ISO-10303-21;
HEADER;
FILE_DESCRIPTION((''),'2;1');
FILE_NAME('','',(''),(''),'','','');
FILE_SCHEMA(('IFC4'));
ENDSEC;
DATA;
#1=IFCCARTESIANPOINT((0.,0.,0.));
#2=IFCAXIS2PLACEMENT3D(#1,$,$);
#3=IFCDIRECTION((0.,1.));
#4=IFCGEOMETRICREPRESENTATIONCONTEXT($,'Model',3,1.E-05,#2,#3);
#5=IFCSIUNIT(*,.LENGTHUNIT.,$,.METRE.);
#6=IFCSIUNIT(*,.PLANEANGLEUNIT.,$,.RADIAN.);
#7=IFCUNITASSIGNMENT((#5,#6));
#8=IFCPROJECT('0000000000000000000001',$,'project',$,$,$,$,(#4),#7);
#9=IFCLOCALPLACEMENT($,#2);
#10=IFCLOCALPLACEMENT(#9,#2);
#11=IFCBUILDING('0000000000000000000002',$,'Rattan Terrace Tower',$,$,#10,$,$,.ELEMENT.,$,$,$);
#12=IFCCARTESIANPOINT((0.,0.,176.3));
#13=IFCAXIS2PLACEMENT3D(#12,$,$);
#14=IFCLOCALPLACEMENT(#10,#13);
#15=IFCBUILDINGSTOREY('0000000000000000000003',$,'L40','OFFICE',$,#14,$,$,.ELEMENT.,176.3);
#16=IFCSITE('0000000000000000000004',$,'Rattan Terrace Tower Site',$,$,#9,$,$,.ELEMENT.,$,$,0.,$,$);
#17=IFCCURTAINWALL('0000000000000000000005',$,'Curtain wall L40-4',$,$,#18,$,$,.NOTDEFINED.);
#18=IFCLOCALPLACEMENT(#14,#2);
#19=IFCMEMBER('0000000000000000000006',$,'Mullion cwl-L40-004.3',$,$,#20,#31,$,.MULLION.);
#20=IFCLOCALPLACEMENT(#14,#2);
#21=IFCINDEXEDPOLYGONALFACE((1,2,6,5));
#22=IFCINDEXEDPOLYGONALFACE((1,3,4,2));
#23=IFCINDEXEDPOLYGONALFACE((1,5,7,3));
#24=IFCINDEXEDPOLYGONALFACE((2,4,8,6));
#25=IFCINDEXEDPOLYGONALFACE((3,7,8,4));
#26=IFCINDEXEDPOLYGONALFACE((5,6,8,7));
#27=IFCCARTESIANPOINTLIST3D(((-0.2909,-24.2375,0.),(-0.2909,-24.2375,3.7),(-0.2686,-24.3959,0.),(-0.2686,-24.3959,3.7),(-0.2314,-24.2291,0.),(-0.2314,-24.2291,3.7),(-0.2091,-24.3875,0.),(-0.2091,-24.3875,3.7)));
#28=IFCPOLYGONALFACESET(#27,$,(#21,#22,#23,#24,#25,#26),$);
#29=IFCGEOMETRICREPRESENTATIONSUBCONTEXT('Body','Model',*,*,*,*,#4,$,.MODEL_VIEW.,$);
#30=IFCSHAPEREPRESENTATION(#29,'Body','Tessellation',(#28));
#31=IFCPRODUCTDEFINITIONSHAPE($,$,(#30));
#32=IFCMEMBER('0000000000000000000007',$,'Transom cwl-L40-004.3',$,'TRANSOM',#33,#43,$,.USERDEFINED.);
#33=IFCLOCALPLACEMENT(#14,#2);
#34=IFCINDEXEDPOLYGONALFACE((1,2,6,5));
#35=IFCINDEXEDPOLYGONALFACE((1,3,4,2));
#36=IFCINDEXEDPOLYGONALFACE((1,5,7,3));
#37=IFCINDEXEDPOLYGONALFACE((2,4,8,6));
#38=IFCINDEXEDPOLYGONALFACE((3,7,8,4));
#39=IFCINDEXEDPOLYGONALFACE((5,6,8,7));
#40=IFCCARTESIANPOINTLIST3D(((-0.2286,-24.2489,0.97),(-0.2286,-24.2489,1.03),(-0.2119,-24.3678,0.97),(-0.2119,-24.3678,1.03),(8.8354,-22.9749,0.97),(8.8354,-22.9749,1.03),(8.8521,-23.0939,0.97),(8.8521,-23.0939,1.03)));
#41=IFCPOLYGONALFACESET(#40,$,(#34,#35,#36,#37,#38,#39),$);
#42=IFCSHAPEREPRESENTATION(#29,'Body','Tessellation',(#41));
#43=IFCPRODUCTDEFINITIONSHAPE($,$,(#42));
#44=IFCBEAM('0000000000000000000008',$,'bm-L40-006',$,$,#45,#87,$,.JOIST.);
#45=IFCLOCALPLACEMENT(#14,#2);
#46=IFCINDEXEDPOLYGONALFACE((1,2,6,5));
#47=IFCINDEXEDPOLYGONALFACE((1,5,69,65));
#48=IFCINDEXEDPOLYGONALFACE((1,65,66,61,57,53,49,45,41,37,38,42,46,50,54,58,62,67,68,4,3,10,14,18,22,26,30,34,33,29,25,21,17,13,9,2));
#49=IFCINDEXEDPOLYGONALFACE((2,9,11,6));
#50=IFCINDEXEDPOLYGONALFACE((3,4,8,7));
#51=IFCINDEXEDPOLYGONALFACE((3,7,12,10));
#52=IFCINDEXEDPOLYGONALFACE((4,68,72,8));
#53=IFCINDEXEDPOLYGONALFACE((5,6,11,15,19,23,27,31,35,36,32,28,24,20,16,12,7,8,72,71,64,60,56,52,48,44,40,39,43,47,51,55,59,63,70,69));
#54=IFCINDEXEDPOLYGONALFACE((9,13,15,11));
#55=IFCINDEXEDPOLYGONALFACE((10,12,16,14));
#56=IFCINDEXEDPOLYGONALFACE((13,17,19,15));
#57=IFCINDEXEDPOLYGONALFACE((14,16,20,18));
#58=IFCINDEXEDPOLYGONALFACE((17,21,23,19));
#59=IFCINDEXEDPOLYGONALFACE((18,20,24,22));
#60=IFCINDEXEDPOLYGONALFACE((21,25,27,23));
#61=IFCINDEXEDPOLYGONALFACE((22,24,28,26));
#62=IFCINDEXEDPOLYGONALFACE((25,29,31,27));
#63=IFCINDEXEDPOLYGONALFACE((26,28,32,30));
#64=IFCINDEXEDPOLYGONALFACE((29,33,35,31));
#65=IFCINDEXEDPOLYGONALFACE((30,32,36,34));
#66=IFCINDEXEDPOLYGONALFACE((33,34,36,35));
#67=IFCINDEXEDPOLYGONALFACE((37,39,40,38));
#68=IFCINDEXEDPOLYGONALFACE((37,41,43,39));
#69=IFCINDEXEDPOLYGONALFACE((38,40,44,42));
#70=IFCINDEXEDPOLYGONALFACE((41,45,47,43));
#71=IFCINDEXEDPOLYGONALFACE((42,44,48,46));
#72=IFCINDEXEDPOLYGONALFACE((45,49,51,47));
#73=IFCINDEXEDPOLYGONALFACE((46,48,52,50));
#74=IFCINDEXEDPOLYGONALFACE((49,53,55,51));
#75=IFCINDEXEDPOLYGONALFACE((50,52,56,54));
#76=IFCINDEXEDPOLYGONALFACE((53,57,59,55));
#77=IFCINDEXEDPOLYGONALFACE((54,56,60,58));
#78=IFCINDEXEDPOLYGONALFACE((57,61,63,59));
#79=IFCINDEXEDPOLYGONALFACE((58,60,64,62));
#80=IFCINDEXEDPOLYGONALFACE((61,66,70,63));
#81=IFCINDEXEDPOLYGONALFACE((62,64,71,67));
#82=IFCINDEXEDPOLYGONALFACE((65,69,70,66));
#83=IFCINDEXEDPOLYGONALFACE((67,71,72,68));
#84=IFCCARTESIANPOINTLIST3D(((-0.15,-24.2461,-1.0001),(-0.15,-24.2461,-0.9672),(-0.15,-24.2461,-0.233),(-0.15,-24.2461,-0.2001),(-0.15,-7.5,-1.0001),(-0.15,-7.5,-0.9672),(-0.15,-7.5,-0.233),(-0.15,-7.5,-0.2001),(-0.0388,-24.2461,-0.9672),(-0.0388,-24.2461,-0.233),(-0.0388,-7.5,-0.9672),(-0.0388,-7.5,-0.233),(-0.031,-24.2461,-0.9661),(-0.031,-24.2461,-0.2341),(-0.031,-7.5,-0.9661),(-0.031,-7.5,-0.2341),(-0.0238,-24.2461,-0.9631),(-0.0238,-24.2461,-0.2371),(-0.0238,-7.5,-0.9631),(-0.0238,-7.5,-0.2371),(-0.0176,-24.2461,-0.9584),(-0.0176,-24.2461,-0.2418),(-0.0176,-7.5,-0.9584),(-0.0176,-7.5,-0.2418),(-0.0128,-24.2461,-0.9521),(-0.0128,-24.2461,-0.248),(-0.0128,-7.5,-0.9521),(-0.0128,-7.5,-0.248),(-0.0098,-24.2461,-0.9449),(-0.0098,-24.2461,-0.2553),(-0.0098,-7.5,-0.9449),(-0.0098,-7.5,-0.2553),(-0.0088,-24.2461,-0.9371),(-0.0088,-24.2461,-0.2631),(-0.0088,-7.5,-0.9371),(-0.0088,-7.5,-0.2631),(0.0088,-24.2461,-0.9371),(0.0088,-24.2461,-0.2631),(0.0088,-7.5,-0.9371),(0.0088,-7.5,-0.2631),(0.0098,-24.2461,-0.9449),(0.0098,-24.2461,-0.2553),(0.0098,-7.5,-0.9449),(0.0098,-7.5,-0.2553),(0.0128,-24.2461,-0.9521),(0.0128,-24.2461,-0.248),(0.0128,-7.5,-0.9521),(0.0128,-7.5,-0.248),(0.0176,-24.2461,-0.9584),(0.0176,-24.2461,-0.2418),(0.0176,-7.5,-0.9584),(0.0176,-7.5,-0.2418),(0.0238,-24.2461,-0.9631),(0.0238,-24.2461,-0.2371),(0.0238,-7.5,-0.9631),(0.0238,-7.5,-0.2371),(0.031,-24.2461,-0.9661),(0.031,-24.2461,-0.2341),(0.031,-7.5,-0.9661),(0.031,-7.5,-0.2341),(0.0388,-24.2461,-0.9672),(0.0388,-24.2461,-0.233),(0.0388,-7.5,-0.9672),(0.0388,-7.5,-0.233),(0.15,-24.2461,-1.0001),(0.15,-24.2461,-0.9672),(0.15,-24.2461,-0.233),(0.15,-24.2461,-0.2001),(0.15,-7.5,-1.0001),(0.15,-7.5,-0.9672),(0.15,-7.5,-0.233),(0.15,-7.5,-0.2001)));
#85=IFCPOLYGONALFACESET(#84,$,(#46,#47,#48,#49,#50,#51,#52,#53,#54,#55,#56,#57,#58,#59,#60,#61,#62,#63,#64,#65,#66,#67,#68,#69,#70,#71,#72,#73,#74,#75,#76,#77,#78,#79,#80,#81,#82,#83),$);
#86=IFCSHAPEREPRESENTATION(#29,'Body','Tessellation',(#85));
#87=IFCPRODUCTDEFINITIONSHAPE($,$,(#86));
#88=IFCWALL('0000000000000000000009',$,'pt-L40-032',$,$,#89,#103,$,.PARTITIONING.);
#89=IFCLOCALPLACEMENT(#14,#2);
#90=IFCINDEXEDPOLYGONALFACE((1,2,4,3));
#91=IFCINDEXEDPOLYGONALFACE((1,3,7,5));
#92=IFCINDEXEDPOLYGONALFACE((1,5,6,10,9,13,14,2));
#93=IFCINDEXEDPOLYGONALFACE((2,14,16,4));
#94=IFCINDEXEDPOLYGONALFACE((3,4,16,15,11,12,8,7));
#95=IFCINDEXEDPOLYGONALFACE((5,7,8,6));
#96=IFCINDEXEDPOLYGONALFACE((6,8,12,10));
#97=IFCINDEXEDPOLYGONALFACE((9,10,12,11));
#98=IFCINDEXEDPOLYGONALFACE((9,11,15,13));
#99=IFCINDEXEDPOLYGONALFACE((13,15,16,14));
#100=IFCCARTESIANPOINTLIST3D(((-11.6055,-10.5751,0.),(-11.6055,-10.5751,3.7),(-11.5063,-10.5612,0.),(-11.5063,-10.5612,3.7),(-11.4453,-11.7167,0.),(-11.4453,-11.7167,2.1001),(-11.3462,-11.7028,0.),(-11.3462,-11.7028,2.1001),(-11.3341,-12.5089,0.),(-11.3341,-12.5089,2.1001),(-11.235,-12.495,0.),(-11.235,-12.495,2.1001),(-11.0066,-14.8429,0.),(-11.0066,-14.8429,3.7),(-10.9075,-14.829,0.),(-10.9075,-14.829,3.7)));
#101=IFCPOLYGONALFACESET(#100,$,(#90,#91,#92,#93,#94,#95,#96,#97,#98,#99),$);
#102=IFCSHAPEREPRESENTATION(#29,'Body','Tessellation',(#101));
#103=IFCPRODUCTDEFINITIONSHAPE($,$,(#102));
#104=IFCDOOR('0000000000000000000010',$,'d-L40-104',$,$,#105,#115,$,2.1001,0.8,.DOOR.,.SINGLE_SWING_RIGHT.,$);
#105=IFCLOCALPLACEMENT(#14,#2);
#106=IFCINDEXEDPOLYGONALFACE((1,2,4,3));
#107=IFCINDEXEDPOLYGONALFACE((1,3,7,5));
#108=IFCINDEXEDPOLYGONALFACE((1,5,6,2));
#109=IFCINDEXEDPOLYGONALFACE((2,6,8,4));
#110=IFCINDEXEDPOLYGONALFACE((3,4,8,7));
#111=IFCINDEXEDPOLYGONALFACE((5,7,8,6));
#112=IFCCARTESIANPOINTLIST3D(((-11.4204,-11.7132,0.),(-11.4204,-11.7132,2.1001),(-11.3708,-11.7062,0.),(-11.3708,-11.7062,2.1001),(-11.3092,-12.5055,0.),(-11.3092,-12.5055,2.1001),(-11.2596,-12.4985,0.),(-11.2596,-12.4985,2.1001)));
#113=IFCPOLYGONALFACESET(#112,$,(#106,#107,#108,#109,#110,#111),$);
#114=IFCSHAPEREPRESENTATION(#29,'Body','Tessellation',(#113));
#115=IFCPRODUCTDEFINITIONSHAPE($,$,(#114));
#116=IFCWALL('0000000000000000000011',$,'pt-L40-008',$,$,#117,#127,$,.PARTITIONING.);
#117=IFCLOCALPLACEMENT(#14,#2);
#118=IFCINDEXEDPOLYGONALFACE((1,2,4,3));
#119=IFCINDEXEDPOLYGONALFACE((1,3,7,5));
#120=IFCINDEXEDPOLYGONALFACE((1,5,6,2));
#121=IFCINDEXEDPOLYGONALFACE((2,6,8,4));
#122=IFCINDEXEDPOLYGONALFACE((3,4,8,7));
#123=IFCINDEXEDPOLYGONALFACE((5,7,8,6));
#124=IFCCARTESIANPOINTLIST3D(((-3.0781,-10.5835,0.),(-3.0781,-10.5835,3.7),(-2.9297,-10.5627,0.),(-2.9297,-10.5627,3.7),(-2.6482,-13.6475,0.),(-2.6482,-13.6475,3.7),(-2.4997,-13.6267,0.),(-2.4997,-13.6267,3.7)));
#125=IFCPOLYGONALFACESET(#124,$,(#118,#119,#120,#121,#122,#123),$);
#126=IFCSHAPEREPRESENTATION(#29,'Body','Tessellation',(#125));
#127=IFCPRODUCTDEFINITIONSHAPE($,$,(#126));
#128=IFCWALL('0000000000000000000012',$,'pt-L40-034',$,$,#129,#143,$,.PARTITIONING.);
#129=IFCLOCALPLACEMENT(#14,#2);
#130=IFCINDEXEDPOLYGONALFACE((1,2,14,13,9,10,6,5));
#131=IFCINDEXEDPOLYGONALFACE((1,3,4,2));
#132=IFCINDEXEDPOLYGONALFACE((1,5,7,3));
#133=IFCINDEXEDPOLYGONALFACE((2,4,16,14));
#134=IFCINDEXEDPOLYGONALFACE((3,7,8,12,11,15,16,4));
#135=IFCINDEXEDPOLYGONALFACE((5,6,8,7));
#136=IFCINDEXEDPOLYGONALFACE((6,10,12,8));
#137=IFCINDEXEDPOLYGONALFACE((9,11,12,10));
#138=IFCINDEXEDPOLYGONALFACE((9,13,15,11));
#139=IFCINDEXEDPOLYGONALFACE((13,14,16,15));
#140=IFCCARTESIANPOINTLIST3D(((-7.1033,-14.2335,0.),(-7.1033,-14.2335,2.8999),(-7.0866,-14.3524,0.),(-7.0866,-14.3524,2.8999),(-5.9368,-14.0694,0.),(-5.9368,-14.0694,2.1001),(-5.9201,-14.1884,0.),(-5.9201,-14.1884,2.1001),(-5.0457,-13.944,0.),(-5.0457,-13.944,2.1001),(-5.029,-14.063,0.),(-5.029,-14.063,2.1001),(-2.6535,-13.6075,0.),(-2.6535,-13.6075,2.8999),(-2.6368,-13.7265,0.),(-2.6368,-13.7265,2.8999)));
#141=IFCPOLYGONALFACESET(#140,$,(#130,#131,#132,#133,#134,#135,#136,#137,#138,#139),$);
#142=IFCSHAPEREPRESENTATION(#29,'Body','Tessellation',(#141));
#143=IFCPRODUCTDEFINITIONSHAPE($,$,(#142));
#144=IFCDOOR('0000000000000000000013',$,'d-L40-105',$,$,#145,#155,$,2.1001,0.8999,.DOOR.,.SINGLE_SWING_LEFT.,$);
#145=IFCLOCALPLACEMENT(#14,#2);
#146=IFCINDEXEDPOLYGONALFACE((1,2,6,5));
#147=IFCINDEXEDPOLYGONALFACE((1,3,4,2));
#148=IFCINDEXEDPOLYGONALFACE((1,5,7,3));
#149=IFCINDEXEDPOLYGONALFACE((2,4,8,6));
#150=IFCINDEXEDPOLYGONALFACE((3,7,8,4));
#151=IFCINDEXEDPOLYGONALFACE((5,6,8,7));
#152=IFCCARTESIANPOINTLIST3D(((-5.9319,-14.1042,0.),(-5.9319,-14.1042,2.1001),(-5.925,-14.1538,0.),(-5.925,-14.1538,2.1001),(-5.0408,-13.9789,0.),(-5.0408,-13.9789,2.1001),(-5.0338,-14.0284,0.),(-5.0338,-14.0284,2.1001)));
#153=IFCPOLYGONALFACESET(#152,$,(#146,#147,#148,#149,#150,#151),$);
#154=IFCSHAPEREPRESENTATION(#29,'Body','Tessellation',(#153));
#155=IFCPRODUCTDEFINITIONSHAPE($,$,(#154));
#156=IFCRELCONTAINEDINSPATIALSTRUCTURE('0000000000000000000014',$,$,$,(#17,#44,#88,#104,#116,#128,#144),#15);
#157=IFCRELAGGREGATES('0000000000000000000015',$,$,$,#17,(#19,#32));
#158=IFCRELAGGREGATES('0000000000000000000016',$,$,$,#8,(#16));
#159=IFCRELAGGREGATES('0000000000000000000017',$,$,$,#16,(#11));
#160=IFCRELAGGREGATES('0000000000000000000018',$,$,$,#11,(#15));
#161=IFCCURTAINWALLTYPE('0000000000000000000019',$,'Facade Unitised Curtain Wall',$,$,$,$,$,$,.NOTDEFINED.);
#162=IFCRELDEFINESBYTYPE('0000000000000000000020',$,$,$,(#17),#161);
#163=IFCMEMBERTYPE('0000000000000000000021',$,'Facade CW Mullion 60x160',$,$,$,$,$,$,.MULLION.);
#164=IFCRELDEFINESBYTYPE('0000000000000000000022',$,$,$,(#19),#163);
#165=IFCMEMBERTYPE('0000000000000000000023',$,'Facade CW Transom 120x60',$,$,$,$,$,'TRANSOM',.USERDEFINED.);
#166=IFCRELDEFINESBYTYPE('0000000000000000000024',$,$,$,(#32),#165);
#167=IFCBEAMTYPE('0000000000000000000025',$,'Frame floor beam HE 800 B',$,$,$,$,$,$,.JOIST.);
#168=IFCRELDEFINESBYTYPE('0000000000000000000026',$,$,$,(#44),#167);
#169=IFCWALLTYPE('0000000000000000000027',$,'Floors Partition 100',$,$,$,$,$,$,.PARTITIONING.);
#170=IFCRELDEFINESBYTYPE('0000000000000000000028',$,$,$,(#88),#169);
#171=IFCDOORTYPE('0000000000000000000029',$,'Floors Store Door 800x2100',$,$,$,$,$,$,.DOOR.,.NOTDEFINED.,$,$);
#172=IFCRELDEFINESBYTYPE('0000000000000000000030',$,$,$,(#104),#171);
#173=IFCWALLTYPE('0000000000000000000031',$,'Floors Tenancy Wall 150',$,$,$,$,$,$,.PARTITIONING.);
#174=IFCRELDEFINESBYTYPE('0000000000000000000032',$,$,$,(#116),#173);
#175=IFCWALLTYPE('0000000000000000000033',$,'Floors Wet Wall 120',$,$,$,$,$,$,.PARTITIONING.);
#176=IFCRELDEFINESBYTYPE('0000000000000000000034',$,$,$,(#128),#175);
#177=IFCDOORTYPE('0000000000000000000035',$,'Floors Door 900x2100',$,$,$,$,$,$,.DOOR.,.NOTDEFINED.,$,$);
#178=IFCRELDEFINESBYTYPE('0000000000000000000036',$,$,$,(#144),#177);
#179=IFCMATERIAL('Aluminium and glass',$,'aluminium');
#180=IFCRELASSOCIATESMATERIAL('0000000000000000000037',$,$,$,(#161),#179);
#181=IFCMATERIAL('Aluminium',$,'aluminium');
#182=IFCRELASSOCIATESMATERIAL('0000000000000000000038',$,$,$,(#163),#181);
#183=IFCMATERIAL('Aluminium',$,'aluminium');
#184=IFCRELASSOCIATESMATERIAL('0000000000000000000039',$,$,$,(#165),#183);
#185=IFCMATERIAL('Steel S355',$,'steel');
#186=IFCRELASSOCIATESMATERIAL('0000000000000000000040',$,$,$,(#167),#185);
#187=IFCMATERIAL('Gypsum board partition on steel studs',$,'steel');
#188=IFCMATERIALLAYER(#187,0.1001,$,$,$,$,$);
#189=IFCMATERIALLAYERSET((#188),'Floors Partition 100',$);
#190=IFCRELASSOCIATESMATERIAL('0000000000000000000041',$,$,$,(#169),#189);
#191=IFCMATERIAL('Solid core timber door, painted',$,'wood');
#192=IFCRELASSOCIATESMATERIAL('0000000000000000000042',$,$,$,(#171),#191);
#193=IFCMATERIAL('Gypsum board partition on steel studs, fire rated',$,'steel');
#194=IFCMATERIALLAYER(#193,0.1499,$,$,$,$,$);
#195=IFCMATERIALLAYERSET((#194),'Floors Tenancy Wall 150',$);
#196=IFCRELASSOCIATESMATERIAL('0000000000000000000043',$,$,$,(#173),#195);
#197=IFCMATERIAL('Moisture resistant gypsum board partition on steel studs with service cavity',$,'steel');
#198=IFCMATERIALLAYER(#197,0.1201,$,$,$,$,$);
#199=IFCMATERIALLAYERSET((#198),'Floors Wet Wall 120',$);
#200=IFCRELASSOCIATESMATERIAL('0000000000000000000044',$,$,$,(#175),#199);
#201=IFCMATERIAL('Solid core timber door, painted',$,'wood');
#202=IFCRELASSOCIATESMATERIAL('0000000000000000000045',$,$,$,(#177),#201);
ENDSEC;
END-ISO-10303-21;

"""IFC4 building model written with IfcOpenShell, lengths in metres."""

from ifc_helpers import new_model, si_unit, direction, frame, frame_2d, origin, origin_2d, place, context, subcontext, project, spatial, rectangle, i_section, extrude, material, layer, layer_set, material_profile, profile_set, type_object, element, fill, aggregate, save


model = new_model("IFC4")

# Units and contexts
model_context = context("Model", 3, precision=1e-05, world=origin(), true_north=direction((0.0, 1.0)))
body_context = subcontext(model_context, "Body", "Model", "MODEL_VIEW")
ifc_project = project(units=[si_unit("LENGTHUNIT", "METRE"), si_unit("PLANEANGLEUNIT", "RADIAN")], contexts=[model_context])

# Site, building, storey
site_placement = place(None, origin())
site = spatial("IfcSite", under=ifc_project, at=site_placement, Name="Rattan Terrace Tower Site", CompositionType="ELEMENT", RefElevation=0.0)
building_placement = place(site_placement, origin())
building = spatial("IfcBuilding", under=site, at=building_placement, Name="Rattan Terrace Tower", CompositionType="ELEMENT")
storey_placement = place(building_placement, frame((0.0, 0.0, 176.3)))
storey = spatial("IfcBuildingStorey", under=building, at=storey_placement, Name="L40", Description="OFFICE", CompositionType="ELEMENT", Elevation=176.3)

# Curtain wall, members
ifc_material_1 = material(Name="Aluminium and glass", Category="aluminium")
curtain_wall_type = type_object("IfcCurtainWallType", Name="Facade Unitised Curtain Wall", PredefinedType="NOTDEFINED", material=ifc_material_1)
curtain_wall_placement = place(storey_placement, origin())
curtain_wall = element("IfcCurtainWall", 1, at=curtain_wall_placement, inside=storey, type_object=curtain_wall_type, Name="Curtain wall L40-4", PredefinedType="NOTDEFINED")
ifc_material_2 = material(Name="Aluminium", Category="aluminium")
ifc_material_profile_1 = material_profile(ifc_material_2, rectangle(XDim=0.0601, YDim=0.1599, at=origin_2d()), Name="Aluminium 60x160")
ifc_profile_set_1 = profile_set([ifc_material_profile_1], Name="Aluminium")
member_type_1 = type_object("IfcMemberType", Name="Facade CW Mullion 60x160", PredefinedType="MULLION", material=ifc_profile_set_1)
member_1_placement = place(storey_placement, frame((-0.25, -24.3125, 0.0), z_axis=(0.0, 0.0, 1.0), x_axis=(0.99027, 0.139161, 0.0)))
member_1 = element("IfcMember", 2, at=member_1_placement, type_object=member_type_1, Name="Mullion cwl-L40-004.3", PredefinedType="MULLION", context=body_context, shape_type="SweptSolid", body=[
    extrude(rectangle(XDim=0.0601, YDim=0.1599, at=origin_2d()), origin(), (0.0, 0.0, 1.0), 3.7),
])
ifc_material_3 = material(Name="Aluminium", Category="aluminium")
ifc_material_profile_2 = material_profile(ifc_material_3, rectangle(XDim=0.1201, YDim=0.0601, at=origin_2d()), Name="Aluminium 120x60")
ifc_profile_set_2 = profile_set([ifc_material_profile_2], Name="Aluminium")
member_type_2 = type_object("IfcMemberType", Name="Facade CW Transom 120x60", ElementType="TRANSOM", PredefinedType="USERDEFINED", material=ifc_profile_set_2)
member_2_placement = place(storey_placement, frame((-0.2202, -24.3083, 1.0), z_axis=(0.990267, 0.13918, 0.0), x_axis=(-0.13918, 0.990267, 0.0)))
member_2 = element("IfcMember", 3, at=member_2_placement, type_object=member_type_2, Name="Transom cwl-L40-004.3", ObjectType="TRANSOM", PredefinedType="USERDEFINED", context=body_context, shape_type="SweptSolid", body=[
    extrude(rectangle(XDim=0.1201, YDim=0.0601, at=origin_2d()), origin(), (0.0, 0.0, 1.0), 9.1531),
])
aggregate(curtain_wall, [member_1, member_2])

# Beam
ifc_material_4 = material(Name="Steel S355", Category="steel")
ifc_material_profile_3 = material_profile(ifc_material_4, i_section(OverallWidth=0.3, OverallDepth=0.8, WebThickness=0.0176, FlangeThickness=0.033, FilletRadius=0.03, at=origin_2d()), Name="HE 800 B")
ifc_profile_set_3 = profile_set([ifc_material_profile_3], Name="Steel S355")
beam_type = type_object("IfcBeamType", Name="Frame floor beam HE 800 B", PredefinedType="JOIST", material=ifc_profile_set_3)
beam_placement = place(storey_placement, frame((0.0, -24.2461, -0.6001), z_axis=(0.0, 1.0, 0.0), x_axis=(-1.0, 0.0, 0.0)))
element("IfcBeam", 4, at=beam_placement, inside=storey, type_object=beam_type, Name="bm-L40-006", PredefinedType="JOIST", context=body_context, shape_type="SweptSolid", body=[
    extrude(i_section(OverallWidth=0.3, OverallDepth=0.8, WebThickness=0.0176, FlangeThickness=0.033, FilletRadius=0.03, at=origin_2d()), origin(), (0.0, 0.0, 1.0), 16.7461),
])

# Wall, opening, door
ifc_material_5 = material(Name="Gypsum board partition on steel studs", Category="steel")
ifc_layer_1 = layer(ifc_material_5, 0.1001)
ifc_layer_set_1 = layer_set([ifc_layer_1], Name="Floors Partition 100")
wall_type_1 = type_object("IfcWallType", Name="Floors Partition 100", PredefinedType="PARTITIONING", material=ifc_layer_set_1)
wall_1_placement = place(storey_placement, frame((-10.957, -14.8359, 0.0), z_axis=(0.0, 0.0, 1.0), x_axis=(-0.138962, 0.990298, 0.0)))
wall_1 = element("IfcWall", 5, at=wall_1_placement, inside=storey, type_object=wall_type_1, Name="pt-L40-032", PredefinedType="PARTITIONING", context=body_context, shape_type="SweptSolid", body=[
    extrude(rectangle(XDim=4.3096, YDim=0.1001, at=frame_2d((2.1548, 0.0))), origin(), (0.0, 0.0, 1.0), 3.7),
])
opening_1_placement = place(wall_1_placement, frame((2.3569, 0.0, 0.0)))
opening_1 = element("IfcOpeningElement", 6, at=opening_1_placement, cuts=wall_1, PredefinedType="OPENING", context=body_context, shape_type="SweptSolid", body=[
    extrude(rectangle(XDim=0.8, YDim=2.1001, at=frame_2d((0.3999, 1.05))), frame((0.0, 0.0605, 0.0), z_axis=(0.0, -1.0, 0.0), x_axis=(1.0, 0.0, 0.0)), (0.0, 0.0, 1.0), 0.1211),
])
ifc_material_6 = material(Name="Solid core timber door, painted", Category="wood")
door_type_1 = type_object("IfcDoorType", Name="Floors Store Door 800x2100", OperationType="NOTDEFINED", PredefinedType="DOOR", material=ifc_material_6)
door_1_placement = place(opening_1_placement, origin())
door_1 = element("IfcDoor", 7, at=door_1_placement, inside=storey, type_object=door_type_1, Name="d-L40-104", OperationType="SINGLE_SWING_RIGHT", OverallHeight=2.1001, OverallWidth=0.8, PredefinedType="DOOR", context=body_context, shape_type="SweptSolid", body=[
    extrude(rectangle(XDim=0.8, YDim=2.1001, at=frame_2d((0.3999, 1.05))), frame((0.0, 0.0249, 0.0), z_axis=(0.0, -1.0, 0.0), x_axis=(1.0, 0.0, 0.0)), (0.0, 0.0, 1.0), 0.05),
])
fill(opening_1, door_1)

# Wall
ifc_material_7 = material(Name="Gypsum board partition on steel studs, fire rated", Category="steel")
ifc_layer_2 = layer(ifc_material_7, 0.1499)
ifc_layer_set_2 = layer_set([ifc_layer_2], Name="Floors Tenancy Wall 150")
wall_type_2 = type_object("IfcWallType", Name="Floors Tenancy Wall 150", PredefinedType="PARTITIONING", material=ifc_layer_set_2)
wall_2_placement = place(storey_placement, frame((-2.574, -13.637, 0.0), z_axis=(0.0, 0.0, 1.0), x_axis=(-0.138957, 0.990298, 0.0)))
element("IfcWall", 8, at=wall_2_placement, inside=storey, type_object=wall_type_2, Name="pt-L40-008", PredefinedType="PARTITIONING", context=body_context, shape_type="SweptSolid", body=[
    extrude(rectangle(XDim=3.094, YDim=0.1499, at=frame_2d((1.5469, 0.0))), origin(), (0.0, 0.0, 1.0), 3.7),
])

# Wall, opening, door
ifc_material_8 = material(Name="Moisture resistant gypsum board partition on steel studs with service cavity", Category="steel")
ifc_layer_3 = layer(ifc_material_8, 0.1201)
ifc_layer_set_3 = layer_set([ifc_layer_3], Name="Floors Wet Wall 120")
wall_type_3 = type_object("IfcWallType", Name="Floors Wet Wall 120", PredefinedType="PARTITIONING", material=ifc_layer_set_3)
wall_3_placement = place(storey_placement, frame((-7.095, -14.293, 0.0), z_axis=(0.0, 0.0, 1.0), x_axis=(0.99025, 0.139299, 0.0)))
wall_3 = element("IfcWall", 9, at=wall_3_placement, inside=storey, type_object=wall_type_3, Name="pt-L40-034", PredefinedType="PARTITIONING", context=body_context, shape_type="SweptSolid", body=[
    extrude(rectangle(XDim=4.4937, YDim=0.1201, at=frame_2d((2.2468, 0.0))), origin(), (0.0, 0.0, 1.0), 2.8999),
])
opening_2_placement = place(wall_3_placement, frame((1.178, 0.0, 0.0)))
opening_2 = element("IfcOpeningElement", 10, at=opening_2_placement, cuts=wall_3, PredefinedType="OPENING", context=body_context, shape_type="SweptSolid", body=[
    extrude(rectangle(XDim=0.8999, YDim=2.1001, at=frame_2d((0.45, 1.05))), frame((0.0, 0.0706, 0.0), z_axis=(0.0, -1.0, 0.0), x_axis=(1.0, 0.0, 0.0)), (0.0, 0.0, 1.0), 0.1411),
])
ifc_material_9 = material(Name="Solid core timber door, painted", Category="wood")
door_type_2 = type_object("IfcDoorType", Name="Floors Door 900x2100", OperationType="NOTDEFINED", PredefinedType="DOOR", material=ifc_material_9)
door_2_placement = place(opening_2_placement, origin())
door_2 = element("IfcDoor", 11, at=door_2_placement, inside=storey, type_object=door_type_2, Name="d-L40-105", OperationType="SINGLE_SWING_LEFT", OverallHeight=2.1001, OverallWidth=0.8999, PredefinedType="DOOR", context=body_context, shape_type="SweptSolid", body=[
    extrude(rectangle(XDim=0.8999, YDim=2.1001, at=frame_2d((0.45, 1.05))), frame((0.0, 0.0249, 0.0), z_axis=(0.0, -1.0, 0.0), x_axis=(1.0, 0.0, 0.0)), (0.0, 0.0, 1.0), 0.05),
])
fill(opening_2, door_2)

save(model, "model.ifc")
